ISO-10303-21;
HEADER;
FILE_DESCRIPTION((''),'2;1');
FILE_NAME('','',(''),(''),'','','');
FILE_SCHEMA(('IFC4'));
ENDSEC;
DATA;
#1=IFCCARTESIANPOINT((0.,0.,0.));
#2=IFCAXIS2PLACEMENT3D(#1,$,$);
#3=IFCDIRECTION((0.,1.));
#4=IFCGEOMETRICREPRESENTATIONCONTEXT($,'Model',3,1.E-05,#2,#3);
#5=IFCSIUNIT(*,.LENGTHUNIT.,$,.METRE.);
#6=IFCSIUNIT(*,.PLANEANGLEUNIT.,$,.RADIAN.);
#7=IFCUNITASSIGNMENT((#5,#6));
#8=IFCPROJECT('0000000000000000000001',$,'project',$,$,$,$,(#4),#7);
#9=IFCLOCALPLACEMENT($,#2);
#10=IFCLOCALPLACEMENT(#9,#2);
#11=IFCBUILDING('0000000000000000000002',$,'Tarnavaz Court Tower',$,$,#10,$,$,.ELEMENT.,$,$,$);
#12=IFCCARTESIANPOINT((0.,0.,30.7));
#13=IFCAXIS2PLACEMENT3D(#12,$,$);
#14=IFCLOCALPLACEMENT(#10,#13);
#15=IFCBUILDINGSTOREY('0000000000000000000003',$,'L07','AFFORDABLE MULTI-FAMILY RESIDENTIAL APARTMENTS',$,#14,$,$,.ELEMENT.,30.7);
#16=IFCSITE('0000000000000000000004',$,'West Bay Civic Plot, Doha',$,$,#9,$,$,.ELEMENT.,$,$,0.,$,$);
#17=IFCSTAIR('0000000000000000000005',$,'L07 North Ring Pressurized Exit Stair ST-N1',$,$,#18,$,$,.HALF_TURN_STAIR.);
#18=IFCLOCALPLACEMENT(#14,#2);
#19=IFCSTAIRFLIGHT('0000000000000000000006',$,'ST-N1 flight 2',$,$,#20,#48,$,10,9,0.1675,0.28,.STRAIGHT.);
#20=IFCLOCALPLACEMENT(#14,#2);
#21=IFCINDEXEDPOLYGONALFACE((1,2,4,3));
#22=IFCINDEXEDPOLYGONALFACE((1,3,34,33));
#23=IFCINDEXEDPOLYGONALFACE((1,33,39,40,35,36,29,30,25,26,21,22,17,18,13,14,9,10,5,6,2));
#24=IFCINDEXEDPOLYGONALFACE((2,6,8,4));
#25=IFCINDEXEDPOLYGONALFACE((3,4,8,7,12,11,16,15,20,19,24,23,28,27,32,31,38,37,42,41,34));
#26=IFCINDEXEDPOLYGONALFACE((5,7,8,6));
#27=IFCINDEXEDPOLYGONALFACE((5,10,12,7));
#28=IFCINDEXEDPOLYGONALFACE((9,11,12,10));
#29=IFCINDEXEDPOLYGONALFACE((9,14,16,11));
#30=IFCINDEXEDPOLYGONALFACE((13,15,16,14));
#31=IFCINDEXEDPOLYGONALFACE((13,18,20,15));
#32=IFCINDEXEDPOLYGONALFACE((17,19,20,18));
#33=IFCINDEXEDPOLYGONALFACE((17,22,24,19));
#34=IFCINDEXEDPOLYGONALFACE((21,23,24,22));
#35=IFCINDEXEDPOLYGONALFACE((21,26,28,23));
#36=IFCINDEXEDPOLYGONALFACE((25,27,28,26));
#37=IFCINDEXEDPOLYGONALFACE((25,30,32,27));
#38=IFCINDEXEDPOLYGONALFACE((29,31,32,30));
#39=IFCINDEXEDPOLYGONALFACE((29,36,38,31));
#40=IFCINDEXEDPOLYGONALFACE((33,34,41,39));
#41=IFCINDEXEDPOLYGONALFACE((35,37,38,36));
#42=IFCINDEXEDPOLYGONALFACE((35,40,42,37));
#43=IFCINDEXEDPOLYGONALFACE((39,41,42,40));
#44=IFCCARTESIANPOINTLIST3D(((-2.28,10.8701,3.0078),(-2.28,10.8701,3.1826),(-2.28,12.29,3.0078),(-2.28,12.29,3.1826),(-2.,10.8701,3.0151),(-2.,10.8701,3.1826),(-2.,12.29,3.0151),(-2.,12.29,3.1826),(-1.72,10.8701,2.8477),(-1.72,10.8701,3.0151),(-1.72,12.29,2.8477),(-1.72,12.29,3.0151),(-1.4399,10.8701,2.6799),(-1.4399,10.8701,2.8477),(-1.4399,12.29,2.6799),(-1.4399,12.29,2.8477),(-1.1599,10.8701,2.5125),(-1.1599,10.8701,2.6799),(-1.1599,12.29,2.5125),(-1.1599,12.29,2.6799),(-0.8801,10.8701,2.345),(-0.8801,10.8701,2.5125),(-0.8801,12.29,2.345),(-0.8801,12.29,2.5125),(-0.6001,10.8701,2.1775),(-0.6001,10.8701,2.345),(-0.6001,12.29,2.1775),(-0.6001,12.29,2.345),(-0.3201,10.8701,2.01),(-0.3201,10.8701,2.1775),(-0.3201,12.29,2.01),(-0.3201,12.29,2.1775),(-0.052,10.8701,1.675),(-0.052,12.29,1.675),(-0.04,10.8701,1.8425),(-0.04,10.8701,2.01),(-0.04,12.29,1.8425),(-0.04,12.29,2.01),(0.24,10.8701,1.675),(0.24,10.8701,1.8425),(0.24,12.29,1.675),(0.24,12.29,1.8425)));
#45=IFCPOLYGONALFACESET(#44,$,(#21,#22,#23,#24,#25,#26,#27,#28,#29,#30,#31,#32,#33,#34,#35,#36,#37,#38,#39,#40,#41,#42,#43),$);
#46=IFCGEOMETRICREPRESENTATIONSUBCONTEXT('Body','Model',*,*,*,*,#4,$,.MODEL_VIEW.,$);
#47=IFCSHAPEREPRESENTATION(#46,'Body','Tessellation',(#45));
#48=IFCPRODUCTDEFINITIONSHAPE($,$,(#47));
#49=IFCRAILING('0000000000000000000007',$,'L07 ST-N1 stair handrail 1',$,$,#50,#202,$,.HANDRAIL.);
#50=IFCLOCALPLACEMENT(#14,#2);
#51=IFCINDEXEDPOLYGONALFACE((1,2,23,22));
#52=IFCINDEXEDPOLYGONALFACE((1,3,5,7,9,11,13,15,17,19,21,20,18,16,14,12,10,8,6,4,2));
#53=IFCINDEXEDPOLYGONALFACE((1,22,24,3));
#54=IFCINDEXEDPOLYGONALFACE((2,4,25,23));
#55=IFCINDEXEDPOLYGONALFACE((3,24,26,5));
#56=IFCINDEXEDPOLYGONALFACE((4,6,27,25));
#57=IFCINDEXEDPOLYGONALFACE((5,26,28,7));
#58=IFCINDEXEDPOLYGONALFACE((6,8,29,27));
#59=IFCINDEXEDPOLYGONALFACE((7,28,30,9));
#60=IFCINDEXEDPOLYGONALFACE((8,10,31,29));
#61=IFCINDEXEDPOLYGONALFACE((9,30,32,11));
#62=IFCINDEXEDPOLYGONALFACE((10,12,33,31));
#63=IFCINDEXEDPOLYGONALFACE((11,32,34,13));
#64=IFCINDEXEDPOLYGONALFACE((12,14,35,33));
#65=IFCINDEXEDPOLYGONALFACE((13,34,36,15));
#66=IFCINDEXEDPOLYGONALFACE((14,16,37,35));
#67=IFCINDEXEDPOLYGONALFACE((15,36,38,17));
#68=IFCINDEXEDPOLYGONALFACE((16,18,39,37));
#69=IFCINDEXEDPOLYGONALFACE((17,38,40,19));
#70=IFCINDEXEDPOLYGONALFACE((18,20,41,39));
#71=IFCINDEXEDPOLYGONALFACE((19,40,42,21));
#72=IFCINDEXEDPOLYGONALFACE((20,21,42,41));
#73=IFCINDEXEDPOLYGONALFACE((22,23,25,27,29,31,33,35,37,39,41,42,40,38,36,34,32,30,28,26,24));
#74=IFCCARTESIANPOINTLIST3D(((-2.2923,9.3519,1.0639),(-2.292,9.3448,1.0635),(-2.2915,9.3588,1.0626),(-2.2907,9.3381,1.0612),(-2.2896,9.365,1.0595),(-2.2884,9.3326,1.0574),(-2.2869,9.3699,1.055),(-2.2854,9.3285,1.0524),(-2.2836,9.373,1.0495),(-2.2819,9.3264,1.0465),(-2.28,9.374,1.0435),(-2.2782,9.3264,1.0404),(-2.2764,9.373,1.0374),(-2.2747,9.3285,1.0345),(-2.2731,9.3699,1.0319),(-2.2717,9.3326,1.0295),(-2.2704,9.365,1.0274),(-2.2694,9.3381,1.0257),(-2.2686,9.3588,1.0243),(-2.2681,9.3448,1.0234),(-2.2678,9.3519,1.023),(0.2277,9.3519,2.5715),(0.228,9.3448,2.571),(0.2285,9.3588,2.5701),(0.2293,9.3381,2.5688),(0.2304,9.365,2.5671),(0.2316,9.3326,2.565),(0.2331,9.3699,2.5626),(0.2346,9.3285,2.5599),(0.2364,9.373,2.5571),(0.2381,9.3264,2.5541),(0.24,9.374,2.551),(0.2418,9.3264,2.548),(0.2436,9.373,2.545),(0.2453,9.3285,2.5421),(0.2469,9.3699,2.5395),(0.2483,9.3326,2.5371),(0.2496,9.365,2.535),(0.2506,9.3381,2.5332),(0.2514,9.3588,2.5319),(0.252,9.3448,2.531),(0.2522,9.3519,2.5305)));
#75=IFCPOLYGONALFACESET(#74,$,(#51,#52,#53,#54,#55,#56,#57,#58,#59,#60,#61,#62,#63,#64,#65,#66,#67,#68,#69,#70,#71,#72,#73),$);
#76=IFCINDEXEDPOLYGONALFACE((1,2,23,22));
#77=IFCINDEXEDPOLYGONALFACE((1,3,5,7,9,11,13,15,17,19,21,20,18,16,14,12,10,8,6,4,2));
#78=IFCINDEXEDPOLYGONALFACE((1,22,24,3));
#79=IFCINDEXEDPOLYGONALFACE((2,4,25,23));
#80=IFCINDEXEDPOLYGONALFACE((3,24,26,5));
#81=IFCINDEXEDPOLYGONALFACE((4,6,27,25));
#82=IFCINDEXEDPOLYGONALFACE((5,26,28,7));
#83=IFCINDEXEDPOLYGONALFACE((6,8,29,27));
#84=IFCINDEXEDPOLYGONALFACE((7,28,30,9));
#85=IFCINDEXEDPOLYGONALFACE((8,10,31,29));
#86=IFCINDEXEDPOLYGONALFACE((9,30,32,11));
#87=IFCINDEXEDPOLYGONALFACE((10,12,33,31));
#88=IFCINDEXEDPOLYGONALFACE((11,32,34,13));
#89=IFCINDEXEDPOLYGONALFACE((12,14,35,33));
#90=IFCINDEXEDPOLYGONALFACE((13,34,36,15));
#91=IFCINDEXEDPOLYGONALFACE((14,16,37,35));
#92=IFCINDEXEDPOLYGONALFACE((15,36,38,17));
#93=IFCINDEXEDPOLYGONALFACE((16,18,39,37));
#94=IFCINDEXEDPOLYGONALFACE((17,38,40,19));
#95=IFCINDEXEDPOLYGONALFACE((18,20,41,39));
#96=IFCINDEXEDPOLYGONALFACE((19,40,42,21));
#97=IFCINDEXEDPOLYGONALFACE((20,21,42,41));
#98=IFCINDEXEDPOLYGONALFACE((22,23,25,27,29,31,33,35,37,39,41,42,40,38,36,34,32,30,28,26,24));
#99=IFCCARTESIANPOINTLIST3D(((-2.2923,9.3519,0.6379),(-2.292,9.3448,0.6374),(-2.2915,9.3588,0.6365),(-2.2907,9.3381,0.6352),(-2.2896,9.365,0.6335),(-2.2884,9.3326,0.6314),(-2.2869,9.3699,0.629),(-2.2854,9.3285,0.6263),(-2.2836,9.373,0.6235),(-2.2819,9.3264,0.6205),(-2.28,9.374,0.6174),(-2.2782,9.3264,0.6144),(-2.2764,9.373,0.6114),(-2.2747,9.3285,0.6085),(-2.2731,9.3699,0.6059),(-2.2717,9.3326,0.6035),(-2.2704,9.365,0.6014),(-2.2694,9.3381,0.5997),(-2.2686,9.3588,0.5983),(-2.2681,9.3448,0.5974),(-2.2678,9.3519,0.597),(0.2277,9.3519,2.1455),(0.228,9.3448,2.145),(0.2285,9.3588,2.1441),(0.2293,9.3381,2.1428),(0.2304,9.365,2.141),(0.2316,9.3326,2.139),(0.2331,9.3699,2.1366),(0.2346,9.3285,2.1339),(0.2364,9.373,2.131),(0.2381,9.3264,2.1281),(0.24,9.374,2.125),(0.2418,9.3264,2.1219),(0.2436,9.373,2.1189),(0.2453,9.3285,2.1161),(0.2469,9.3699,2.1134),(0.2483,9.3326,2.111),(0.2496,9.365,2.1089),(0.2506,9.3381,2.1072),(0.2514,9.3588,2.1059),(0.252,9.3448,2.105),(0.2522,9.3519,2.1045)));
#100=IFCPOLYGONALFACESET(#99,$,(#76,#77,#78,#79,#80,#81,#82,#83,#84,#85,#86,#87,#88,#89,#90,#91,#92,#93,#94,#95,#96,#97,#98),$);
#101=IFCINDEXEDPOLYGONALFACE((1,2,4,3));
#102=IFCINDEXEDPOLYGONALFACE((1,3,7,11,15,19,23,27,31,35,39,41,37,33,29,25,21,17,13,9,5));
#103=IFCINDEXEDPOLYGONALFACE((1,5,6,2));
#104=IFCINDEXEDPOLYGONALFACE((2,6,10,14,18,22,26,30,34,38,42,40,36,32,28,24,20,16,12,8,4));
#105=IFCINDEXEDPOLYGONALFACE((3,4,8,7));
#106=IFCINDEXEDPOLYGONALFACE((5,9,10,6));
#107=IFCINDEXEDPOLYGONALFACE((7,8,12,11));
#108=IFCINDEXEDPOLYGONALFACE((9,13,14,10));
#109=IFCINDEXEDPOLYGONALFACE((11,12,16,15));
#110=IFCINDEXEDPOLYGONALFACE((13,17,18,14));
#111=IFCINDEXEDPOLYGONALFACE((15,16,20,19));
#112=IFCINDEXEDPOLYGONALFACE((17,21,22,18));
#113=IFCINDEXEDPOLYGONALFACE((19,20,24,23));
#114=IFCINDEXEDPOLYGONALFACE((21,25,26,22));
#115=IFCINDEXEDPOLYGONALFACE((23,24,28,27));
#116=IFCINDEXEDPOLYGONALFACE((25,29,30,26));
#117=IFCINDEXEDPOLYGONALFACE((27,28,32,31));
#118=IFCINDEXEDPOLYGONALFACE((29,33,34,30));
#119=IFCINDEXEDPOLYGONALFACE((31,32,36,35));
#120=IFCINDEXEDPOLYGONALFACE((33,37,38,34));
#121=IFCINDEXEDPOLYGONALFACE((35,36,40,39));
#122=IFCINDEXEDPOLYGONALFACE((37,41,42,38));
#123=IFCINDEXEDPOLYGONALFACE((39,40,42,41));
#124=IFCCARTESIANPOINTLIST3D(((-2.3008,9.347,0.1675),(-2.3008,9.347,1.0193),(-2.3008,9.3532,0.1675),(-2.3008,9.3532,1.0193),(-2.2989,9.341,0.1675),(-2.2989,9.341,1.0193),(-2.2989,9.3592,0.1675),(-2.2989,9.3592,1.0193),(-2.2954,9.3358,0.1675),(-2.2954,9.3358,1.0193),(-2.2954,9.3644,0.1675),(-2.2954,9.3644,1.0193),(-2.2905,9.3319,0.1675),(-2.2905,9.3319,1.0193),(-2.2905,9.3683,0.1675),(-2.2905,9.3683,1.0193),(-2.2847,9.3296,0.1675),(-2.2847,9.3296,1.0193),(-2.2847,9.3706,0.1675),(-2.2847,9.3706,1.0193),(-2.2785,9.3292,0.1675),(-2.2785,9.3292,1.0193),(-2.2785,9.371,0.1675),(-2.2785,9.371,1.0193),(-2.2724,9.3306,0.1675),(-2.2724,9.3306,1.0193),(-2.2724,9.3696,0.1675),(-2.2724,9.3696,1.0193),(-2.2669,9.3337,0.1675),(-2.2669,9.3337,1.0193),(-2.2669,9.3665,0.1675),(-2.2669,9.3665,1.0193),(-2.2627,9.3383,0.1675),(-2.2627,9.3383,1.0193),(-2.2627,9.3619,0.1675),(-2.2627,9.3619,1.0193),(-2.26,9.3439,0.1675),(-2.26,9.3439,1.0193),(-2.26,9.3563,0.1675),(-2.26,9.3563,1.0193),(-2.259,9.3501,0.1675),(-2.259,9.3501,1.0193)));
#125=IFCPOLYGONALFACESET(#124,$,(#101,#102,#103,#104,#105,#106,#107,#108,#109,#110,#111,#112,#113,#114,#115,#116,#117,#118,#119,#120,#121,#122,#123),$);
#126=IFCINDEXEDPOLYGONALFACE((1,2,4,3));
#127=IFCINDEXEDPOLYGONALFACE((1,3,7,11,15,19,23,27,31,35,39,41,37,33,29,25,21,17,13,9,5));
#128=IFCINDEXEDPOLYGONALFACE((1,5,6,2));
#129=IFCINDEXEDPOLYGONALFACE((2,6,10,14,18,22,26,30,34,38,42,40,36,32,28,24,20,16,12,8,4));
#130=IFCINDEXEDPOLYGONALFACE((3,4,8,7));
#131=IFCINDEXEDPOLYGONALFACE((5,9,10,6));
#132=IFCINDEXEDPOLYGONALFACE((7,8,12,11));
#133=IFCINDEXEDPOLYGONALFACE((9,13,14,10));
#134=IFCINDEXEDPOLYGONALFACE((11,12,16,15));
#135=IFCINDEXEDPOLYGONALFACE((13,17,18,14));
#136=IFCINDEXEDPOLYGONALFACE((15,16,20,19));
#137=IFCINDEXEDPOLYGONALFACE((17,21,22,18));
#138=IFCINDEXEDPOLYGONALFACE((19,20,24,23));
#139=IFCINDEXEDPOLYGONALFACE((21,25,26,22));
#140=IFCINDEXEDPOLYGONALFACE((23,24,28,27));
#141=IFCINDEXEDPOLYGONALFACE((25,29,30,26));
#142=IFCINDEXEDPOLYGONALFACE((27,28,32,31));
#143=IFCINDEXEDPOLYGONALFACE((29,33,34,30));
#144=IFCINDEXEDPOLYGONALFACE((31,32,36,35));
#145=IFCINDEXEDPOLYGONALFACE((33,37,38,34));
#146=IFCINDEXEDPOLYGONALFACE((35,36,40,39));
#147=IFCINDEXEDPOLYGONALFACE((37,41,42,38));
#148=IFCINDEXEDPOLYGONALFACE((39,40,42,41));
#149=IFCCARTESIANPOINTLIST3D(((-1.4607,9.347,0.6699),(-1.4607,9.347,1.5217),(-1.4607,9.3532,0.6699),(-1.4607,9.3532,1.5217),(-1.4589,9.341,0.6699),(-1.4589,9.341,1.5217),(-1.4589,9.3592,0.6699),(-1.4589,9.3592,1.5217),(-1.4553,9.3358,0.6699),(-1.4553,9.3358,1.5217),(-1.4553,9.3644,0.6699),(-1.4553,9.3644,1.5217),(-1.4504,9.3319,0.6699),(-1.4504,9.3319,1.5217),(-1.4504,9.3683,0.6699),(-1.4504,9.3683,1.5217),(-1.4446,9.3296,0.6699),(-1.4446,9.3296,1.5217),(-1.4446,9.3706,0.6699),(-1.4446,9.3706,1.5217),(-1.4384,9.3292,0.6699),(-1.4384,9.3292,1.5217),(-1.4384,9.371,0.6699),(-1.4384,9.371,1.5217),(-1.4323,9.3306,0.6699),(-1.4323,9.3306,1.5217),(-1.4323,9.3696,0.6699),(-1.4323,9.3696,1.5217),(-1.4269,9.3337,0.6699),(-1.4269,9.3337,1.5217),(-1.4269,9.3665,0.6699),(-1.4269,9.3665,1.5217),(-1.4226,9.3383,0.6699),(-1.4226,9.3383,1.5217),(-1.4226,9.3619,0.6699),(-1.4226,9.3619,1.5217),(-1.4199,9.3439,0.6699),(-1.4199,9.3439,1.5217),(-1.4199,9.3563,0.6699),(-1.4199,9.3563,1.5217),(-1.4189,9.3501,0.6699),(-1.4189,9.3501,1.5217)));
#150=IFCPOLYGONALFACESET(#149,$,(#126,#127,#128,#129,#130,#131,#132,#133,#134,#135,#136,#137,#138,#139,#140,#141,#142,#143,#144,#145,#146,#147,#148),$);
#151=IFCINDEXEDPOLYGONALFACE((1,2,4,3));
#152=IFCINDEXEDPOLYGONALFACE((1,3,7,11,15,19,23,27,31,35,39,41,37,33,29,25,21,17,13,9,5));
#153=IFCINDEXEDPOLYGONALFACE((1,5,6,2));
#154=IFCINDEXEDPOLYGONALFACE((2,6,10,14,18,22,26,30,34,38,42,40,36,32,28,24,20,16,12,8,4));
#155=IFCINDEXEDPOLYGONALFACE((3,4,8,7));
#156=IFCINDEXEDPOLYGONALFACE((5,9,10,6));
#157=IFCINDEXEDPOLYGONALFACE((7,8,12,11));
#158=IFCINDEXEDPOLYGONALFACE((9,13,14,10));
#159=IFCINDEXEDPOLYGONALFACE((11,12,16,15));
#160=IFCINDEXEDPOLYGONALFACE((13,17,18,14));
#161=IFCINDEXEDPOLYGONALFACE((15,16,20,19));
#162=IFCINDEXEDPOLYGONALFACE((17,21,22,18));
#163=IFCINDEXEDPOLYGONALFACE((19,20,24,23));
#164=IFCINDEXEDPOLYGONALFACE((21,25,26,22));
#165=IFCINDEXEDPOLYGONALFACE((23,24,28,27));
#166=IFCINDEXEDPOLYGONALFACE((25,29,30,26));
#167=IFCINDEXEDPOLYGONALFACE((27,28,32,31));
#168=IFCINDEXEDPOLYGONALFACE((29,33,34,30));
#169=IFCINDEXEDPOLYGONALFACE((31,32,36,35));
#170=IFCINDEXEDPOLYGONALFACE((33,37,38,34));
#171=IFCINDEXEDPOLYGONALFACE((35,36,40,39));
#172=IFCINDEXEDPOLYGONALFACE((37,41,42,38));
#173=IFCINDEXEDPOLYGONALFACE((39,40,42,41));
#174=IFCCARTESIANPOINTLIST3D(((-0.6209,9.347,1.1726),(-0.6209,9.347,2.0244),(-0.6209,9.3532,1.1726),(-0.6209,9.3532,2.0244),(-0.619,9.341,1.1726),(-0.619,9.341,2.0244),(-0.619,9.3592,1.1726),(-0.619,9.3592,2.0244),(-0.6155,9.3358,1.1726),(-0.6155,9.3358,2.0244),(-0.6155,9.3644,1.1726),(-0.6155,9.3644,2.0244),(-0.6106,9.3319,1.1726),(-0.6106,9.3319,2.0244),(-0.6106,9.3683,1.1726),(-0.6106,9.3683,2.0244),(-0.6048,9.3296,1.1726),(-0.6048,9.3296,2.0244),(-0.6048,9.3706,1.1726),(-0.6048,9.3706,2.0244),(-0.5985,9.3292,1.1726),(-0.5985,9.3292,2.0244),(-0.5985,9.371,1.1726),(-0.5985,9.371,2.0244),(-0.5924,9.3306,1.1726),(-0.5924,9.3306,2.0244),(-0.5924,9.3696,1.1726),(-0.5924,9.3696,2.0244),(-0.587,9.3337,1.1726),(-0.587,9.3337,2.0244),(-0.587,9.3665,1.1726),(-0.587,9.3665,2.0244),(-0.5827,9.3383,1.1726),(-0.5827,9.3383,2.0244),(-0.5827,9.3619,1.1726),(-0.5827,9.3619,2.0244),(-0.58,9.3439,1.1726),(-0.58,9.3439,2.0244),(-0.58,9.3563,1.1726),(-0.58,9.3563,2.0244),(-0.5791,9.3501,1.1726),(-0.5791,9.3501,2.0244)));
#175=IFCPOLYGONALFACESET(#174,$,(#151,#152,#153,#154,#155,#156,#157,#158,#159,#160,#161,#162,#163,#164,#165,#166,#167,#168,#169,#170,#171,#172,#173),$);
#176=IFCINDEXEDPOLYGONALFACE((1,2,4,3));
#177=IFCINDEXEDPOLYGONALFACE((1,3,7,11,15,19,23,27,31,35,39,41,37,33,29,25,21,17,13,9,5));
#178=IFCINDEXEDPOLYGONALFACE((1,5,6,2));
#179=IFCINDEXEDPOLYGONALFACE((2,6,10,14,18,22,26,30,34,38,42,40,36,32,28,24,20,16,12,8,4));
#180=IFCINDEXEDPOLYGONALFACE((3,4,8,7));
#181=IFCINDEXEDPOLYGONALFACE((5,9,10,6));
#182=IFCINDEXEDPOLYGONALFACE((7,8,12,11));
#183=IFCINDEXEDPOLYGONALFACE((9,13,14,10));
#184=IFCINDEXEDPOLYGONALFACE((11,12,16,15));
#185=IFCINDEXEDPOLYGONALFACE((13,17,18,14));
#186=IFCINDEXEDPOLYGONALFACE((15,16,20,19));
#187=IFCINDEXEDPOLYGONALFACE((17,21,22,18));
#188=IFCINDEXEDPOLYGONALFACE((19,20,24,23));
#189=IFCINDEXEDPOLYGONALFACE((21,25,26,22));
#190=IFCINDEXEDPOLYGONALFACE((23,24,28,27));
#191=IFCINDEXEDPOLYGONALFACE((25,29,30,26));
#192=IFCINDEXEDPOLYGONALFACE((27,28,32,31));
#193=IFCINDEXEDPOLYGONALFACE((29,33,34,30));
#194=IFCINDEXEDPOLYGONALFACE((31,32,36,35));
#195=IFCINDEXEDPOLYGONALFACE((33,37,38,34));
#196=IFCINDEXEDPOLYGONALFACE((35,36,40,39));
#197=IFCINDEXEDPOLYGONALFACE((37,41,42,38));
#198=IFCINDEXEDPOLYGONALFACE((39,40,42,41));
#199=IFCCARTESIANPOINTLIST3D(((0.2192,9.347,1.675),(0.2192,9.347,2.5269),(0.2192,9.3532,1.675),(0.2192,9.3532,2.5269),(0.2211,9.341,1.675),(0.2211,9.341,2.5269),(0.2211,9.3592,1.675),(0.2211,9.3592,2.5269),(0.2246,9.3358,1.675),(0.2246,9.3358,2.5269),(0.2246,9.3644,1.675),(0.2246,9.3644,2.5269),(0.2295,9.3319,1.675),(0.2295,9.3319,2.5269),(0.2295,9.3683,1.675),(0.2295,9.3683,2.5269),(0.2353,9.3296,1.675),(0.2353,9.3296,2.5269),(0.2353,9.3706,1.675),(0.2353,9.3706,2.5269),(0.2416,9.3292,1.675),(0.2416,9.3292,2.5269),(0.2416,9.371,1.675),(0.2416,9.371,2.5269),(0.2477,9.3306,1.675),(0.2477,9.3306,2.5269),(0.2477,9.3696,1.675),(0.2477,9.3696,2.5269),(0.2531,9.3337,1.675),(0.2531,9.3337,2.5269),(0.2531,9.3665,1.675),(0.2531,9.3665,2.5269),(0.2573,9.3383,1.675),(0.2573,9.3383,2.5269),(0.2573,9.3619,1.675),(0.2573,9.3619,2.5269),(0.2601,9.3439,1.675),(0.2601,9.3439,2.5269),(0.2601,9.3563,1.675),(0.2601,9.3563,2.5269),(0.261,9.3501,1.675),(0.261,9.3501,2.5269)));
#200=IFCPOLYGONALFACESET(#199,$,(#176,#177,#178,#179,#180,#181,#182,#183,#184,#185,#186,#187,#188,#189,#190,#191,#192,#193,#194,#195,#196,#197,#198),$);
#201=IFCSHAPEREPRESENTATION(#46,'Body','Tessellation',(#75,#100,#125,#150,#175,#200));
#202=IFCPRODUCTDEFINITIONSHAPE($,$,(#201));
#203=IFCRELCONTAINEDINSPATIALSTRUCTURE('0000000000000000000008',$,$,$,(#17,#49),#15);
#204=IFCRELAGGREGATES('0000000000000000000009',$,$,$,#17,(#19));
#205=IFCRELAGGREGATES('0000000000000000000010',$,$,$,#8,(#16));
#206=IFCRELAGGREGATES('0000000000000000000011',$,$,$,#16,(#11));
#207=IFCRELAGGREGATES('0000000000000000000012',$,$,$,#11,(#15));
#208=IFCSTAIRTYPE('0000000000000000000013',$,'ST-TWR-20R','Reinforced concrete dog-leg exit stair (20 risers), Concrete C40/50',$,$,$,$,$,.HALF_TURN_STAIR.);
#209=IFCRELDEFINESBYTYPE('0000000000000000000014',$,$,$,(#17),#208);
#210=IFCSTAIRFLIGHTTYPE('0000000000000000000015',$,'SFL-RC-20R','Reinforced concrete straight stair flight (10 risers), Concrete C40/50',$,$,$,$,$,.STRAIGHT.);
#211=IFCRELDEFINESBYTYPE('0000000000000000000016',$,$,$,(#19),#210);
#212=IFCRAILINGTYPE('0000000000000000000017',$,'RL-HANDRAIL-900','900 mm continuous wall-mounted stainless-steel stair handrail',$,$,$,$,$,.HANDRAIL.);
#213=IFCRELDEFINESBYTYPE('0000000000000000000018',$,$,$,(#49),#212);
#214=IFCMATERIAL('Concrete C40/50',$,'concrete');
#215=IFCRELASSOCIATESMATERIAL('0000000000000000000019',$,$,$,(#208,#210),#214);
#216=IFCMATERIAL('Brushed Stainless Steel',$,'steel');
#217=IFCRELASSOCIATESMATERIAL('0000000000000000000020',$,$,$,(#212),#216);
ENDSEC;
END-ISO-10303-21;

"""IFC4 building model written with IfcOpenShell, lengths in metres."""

from ifc_helpers import new_model, si_unit, direction, frame, origin, origin_2d, place, context, subcontext, project, spatial, polyline, circle, outline, extrude, material, type_object, element, aggregate, save


model = new_model("IFC4")

# Units and contexts
model_context = context("Model", 3, precision=1e-05, world=origin(), true_north=direction((0.0, 1.0)))
body_context = subcontext(model_context, "Body", "Model", "MODEL_VIEW")
ifc_project = project(units=[si_unit("LENGTHUNIT", "METRE"), si_unit("PLANEANGLEUNIT", "RADIAN")], contexts=[model_context])

# Site, building, storey
site_placement = place(None, origin())
site = spatial("IfcSite", under=ifc_project, at=site_placement, Name="West Bay Civic Plot, Doha", CompositionType="ELEMENT", RefElevation=0.0)
building_placement = place(site_placement, origin())
building = spatial("IfcBuilding", under=site, at=building_placement, Name="Tarnavaz Court Tower", CompositionType="ELEMENT")
storey_placement = place(building_placement, frame((0.0, 0.0, 30.7)))
storey = spatial("IfcBuildingStorey", under=building, at=storey_placement, Name="L07", Description="AFFORDABLE MULTI-FAMILY RESIDENTIAL APARTMENTS", CompositionType="ELEMENT", Elevation=30.7)

# Stair
ifc_material_1 = material(Name="Concrete C40/50", Category="concrete")
stair_type = type_object("IfcStairType", Name="ST-TWR-20R", Description="Reinforced concrete dog-leg exit stair (20 risers), Concrete C40/50", PredefinedType="HALF_TURN_STAIR", material=ifc_material_1)
stair_1_placement = place(storey_placement, origin())
stair_1 = element("IfcStair", 1, at=stair_1_placement, inside=storey, type_object=stair_type, Name="L07 North Ring Pressurized Exit Stair ST-N1", PredefinedType="HALF_TURN_STAIR")

# Stair flight
stair_flight_type = type_object("IfcStairFlightType", Name="SFL-RC-20R", Description="Reinforced concrete straight stair flight (10 risers), Concrete C40/50", PredefinedType="STRAIGHT", material=ifc_material_1)
stair_flight_placement = place(storey_placement, frame((0.24, 11.5801, 1.675), z_axis=(0.0, 0.0, 1.0), x_axis=(-1.0, 0.0, 0.0)))
stair_flight = element("IfcStairFlight", 2, at=stair_flight_placement, type_object=stair_flight_type, Name="ST-N1 flight 2", NumberOfRisers=10, NumberOfTreads=9, PredefinedType="STRAIGHT", RiserHeight=0.1675, TreadLength=0.28, context=body_context, shape_type="SweptSolid", body=[
    extrude(outline(polyline([(0.0, 0.0), (0.0, 0.1675), (0.28, 0.1675), (0.28, 0.335), (0.5601, 0.335), (0.5601, 0.5024), (0.8401, 0.5024), (0.8401, 0.6699), (1.1201, 0.6699), (1.1201, 0.8374), (1.3999, 0.8374), (1.3999, 1.0049), (1.6799, 1.0049), (1.6799, 1.1726), (1.96, 1.1726), (1.96, 1.3401), (2.24, 1.3401), (2.24, 1.5076), (2.52, 1.5076), (2.52, 1.675), (2.52, 1.3328), (0.292, 0.0), (0.0, 0.0)])), frame((0.0, 0.71, 0.0), z_axis=(0.0, -1.0, 0.0), x_axis=(1.0, 0.0, 0.0)), (0.0, 0.0, 1.0), 1.4199),
])
aggregate(stair_1, [stair_flight])

# Railing
ifc_material_2 = material(Name="Brushed Stainless Steel", Category="steel")
railing_type_1 = type_object("IfcRailingType", Name="RL-HANDRAIL-900", Description="900 mm continuous wall-mounted stainless-steel stair handrail", PredefinedType="HANDRAIL", material=ifc_material_2)
railing_1_placement = place(storey_placement, frame((-2.28, 9.3501, 0.1675)))
element("IfcRailing", 3, at=railing_1_placement, inside=storey, type_object=railing_type_1, Name="L07 ST-N1 stair handrail 1", PredefinedType="HANDRAIL", context=body_context, shape_type="SweptSolid", body=[
    extrude(circle(Radius=0.0239, at=origin_2d()), frame((0.0, 0.0, 0.876), z_axis=(0.85816, 0.0, 0.513383), x_axis=(0.0, 1.0, 0.0)), (0.0, 0.0, 1.0), 2.9365),
    extrude(circle(Radius=0.0239, at=origin_2d()), frame((0.0, 0.0, 0.45), z_axis=(0.85816, 0.0, 0.513383), x_axis=(0.0, 1.0, 0.0)), (0.0, 0.0, 1.0), 2.9365),
    extrude(circle(Radius=0.021, at=origin_2d()), origin(), (0.0, 0.0, 1.0), 0.8518),
    extrude(circle(Radius=0.021, at=origin_2d()), frame((0.8401, 0.0, 0.5024)), (0.0, 0.0, 1.0), 0.8518),
    extrude(circle(Radius=0.021, at=origin_2d()), frame((1.6799, 0.0, 1.0051)), (0.0, 0.0, 1.0), 0.8518),
    extrude(circle(Radius=0.021, at=origin_2d()), frame((2.52, 0.0, 1.5076)), (0.0, 0.0, 1.0), 0.8518),
])

save(model, "model.ifc")
